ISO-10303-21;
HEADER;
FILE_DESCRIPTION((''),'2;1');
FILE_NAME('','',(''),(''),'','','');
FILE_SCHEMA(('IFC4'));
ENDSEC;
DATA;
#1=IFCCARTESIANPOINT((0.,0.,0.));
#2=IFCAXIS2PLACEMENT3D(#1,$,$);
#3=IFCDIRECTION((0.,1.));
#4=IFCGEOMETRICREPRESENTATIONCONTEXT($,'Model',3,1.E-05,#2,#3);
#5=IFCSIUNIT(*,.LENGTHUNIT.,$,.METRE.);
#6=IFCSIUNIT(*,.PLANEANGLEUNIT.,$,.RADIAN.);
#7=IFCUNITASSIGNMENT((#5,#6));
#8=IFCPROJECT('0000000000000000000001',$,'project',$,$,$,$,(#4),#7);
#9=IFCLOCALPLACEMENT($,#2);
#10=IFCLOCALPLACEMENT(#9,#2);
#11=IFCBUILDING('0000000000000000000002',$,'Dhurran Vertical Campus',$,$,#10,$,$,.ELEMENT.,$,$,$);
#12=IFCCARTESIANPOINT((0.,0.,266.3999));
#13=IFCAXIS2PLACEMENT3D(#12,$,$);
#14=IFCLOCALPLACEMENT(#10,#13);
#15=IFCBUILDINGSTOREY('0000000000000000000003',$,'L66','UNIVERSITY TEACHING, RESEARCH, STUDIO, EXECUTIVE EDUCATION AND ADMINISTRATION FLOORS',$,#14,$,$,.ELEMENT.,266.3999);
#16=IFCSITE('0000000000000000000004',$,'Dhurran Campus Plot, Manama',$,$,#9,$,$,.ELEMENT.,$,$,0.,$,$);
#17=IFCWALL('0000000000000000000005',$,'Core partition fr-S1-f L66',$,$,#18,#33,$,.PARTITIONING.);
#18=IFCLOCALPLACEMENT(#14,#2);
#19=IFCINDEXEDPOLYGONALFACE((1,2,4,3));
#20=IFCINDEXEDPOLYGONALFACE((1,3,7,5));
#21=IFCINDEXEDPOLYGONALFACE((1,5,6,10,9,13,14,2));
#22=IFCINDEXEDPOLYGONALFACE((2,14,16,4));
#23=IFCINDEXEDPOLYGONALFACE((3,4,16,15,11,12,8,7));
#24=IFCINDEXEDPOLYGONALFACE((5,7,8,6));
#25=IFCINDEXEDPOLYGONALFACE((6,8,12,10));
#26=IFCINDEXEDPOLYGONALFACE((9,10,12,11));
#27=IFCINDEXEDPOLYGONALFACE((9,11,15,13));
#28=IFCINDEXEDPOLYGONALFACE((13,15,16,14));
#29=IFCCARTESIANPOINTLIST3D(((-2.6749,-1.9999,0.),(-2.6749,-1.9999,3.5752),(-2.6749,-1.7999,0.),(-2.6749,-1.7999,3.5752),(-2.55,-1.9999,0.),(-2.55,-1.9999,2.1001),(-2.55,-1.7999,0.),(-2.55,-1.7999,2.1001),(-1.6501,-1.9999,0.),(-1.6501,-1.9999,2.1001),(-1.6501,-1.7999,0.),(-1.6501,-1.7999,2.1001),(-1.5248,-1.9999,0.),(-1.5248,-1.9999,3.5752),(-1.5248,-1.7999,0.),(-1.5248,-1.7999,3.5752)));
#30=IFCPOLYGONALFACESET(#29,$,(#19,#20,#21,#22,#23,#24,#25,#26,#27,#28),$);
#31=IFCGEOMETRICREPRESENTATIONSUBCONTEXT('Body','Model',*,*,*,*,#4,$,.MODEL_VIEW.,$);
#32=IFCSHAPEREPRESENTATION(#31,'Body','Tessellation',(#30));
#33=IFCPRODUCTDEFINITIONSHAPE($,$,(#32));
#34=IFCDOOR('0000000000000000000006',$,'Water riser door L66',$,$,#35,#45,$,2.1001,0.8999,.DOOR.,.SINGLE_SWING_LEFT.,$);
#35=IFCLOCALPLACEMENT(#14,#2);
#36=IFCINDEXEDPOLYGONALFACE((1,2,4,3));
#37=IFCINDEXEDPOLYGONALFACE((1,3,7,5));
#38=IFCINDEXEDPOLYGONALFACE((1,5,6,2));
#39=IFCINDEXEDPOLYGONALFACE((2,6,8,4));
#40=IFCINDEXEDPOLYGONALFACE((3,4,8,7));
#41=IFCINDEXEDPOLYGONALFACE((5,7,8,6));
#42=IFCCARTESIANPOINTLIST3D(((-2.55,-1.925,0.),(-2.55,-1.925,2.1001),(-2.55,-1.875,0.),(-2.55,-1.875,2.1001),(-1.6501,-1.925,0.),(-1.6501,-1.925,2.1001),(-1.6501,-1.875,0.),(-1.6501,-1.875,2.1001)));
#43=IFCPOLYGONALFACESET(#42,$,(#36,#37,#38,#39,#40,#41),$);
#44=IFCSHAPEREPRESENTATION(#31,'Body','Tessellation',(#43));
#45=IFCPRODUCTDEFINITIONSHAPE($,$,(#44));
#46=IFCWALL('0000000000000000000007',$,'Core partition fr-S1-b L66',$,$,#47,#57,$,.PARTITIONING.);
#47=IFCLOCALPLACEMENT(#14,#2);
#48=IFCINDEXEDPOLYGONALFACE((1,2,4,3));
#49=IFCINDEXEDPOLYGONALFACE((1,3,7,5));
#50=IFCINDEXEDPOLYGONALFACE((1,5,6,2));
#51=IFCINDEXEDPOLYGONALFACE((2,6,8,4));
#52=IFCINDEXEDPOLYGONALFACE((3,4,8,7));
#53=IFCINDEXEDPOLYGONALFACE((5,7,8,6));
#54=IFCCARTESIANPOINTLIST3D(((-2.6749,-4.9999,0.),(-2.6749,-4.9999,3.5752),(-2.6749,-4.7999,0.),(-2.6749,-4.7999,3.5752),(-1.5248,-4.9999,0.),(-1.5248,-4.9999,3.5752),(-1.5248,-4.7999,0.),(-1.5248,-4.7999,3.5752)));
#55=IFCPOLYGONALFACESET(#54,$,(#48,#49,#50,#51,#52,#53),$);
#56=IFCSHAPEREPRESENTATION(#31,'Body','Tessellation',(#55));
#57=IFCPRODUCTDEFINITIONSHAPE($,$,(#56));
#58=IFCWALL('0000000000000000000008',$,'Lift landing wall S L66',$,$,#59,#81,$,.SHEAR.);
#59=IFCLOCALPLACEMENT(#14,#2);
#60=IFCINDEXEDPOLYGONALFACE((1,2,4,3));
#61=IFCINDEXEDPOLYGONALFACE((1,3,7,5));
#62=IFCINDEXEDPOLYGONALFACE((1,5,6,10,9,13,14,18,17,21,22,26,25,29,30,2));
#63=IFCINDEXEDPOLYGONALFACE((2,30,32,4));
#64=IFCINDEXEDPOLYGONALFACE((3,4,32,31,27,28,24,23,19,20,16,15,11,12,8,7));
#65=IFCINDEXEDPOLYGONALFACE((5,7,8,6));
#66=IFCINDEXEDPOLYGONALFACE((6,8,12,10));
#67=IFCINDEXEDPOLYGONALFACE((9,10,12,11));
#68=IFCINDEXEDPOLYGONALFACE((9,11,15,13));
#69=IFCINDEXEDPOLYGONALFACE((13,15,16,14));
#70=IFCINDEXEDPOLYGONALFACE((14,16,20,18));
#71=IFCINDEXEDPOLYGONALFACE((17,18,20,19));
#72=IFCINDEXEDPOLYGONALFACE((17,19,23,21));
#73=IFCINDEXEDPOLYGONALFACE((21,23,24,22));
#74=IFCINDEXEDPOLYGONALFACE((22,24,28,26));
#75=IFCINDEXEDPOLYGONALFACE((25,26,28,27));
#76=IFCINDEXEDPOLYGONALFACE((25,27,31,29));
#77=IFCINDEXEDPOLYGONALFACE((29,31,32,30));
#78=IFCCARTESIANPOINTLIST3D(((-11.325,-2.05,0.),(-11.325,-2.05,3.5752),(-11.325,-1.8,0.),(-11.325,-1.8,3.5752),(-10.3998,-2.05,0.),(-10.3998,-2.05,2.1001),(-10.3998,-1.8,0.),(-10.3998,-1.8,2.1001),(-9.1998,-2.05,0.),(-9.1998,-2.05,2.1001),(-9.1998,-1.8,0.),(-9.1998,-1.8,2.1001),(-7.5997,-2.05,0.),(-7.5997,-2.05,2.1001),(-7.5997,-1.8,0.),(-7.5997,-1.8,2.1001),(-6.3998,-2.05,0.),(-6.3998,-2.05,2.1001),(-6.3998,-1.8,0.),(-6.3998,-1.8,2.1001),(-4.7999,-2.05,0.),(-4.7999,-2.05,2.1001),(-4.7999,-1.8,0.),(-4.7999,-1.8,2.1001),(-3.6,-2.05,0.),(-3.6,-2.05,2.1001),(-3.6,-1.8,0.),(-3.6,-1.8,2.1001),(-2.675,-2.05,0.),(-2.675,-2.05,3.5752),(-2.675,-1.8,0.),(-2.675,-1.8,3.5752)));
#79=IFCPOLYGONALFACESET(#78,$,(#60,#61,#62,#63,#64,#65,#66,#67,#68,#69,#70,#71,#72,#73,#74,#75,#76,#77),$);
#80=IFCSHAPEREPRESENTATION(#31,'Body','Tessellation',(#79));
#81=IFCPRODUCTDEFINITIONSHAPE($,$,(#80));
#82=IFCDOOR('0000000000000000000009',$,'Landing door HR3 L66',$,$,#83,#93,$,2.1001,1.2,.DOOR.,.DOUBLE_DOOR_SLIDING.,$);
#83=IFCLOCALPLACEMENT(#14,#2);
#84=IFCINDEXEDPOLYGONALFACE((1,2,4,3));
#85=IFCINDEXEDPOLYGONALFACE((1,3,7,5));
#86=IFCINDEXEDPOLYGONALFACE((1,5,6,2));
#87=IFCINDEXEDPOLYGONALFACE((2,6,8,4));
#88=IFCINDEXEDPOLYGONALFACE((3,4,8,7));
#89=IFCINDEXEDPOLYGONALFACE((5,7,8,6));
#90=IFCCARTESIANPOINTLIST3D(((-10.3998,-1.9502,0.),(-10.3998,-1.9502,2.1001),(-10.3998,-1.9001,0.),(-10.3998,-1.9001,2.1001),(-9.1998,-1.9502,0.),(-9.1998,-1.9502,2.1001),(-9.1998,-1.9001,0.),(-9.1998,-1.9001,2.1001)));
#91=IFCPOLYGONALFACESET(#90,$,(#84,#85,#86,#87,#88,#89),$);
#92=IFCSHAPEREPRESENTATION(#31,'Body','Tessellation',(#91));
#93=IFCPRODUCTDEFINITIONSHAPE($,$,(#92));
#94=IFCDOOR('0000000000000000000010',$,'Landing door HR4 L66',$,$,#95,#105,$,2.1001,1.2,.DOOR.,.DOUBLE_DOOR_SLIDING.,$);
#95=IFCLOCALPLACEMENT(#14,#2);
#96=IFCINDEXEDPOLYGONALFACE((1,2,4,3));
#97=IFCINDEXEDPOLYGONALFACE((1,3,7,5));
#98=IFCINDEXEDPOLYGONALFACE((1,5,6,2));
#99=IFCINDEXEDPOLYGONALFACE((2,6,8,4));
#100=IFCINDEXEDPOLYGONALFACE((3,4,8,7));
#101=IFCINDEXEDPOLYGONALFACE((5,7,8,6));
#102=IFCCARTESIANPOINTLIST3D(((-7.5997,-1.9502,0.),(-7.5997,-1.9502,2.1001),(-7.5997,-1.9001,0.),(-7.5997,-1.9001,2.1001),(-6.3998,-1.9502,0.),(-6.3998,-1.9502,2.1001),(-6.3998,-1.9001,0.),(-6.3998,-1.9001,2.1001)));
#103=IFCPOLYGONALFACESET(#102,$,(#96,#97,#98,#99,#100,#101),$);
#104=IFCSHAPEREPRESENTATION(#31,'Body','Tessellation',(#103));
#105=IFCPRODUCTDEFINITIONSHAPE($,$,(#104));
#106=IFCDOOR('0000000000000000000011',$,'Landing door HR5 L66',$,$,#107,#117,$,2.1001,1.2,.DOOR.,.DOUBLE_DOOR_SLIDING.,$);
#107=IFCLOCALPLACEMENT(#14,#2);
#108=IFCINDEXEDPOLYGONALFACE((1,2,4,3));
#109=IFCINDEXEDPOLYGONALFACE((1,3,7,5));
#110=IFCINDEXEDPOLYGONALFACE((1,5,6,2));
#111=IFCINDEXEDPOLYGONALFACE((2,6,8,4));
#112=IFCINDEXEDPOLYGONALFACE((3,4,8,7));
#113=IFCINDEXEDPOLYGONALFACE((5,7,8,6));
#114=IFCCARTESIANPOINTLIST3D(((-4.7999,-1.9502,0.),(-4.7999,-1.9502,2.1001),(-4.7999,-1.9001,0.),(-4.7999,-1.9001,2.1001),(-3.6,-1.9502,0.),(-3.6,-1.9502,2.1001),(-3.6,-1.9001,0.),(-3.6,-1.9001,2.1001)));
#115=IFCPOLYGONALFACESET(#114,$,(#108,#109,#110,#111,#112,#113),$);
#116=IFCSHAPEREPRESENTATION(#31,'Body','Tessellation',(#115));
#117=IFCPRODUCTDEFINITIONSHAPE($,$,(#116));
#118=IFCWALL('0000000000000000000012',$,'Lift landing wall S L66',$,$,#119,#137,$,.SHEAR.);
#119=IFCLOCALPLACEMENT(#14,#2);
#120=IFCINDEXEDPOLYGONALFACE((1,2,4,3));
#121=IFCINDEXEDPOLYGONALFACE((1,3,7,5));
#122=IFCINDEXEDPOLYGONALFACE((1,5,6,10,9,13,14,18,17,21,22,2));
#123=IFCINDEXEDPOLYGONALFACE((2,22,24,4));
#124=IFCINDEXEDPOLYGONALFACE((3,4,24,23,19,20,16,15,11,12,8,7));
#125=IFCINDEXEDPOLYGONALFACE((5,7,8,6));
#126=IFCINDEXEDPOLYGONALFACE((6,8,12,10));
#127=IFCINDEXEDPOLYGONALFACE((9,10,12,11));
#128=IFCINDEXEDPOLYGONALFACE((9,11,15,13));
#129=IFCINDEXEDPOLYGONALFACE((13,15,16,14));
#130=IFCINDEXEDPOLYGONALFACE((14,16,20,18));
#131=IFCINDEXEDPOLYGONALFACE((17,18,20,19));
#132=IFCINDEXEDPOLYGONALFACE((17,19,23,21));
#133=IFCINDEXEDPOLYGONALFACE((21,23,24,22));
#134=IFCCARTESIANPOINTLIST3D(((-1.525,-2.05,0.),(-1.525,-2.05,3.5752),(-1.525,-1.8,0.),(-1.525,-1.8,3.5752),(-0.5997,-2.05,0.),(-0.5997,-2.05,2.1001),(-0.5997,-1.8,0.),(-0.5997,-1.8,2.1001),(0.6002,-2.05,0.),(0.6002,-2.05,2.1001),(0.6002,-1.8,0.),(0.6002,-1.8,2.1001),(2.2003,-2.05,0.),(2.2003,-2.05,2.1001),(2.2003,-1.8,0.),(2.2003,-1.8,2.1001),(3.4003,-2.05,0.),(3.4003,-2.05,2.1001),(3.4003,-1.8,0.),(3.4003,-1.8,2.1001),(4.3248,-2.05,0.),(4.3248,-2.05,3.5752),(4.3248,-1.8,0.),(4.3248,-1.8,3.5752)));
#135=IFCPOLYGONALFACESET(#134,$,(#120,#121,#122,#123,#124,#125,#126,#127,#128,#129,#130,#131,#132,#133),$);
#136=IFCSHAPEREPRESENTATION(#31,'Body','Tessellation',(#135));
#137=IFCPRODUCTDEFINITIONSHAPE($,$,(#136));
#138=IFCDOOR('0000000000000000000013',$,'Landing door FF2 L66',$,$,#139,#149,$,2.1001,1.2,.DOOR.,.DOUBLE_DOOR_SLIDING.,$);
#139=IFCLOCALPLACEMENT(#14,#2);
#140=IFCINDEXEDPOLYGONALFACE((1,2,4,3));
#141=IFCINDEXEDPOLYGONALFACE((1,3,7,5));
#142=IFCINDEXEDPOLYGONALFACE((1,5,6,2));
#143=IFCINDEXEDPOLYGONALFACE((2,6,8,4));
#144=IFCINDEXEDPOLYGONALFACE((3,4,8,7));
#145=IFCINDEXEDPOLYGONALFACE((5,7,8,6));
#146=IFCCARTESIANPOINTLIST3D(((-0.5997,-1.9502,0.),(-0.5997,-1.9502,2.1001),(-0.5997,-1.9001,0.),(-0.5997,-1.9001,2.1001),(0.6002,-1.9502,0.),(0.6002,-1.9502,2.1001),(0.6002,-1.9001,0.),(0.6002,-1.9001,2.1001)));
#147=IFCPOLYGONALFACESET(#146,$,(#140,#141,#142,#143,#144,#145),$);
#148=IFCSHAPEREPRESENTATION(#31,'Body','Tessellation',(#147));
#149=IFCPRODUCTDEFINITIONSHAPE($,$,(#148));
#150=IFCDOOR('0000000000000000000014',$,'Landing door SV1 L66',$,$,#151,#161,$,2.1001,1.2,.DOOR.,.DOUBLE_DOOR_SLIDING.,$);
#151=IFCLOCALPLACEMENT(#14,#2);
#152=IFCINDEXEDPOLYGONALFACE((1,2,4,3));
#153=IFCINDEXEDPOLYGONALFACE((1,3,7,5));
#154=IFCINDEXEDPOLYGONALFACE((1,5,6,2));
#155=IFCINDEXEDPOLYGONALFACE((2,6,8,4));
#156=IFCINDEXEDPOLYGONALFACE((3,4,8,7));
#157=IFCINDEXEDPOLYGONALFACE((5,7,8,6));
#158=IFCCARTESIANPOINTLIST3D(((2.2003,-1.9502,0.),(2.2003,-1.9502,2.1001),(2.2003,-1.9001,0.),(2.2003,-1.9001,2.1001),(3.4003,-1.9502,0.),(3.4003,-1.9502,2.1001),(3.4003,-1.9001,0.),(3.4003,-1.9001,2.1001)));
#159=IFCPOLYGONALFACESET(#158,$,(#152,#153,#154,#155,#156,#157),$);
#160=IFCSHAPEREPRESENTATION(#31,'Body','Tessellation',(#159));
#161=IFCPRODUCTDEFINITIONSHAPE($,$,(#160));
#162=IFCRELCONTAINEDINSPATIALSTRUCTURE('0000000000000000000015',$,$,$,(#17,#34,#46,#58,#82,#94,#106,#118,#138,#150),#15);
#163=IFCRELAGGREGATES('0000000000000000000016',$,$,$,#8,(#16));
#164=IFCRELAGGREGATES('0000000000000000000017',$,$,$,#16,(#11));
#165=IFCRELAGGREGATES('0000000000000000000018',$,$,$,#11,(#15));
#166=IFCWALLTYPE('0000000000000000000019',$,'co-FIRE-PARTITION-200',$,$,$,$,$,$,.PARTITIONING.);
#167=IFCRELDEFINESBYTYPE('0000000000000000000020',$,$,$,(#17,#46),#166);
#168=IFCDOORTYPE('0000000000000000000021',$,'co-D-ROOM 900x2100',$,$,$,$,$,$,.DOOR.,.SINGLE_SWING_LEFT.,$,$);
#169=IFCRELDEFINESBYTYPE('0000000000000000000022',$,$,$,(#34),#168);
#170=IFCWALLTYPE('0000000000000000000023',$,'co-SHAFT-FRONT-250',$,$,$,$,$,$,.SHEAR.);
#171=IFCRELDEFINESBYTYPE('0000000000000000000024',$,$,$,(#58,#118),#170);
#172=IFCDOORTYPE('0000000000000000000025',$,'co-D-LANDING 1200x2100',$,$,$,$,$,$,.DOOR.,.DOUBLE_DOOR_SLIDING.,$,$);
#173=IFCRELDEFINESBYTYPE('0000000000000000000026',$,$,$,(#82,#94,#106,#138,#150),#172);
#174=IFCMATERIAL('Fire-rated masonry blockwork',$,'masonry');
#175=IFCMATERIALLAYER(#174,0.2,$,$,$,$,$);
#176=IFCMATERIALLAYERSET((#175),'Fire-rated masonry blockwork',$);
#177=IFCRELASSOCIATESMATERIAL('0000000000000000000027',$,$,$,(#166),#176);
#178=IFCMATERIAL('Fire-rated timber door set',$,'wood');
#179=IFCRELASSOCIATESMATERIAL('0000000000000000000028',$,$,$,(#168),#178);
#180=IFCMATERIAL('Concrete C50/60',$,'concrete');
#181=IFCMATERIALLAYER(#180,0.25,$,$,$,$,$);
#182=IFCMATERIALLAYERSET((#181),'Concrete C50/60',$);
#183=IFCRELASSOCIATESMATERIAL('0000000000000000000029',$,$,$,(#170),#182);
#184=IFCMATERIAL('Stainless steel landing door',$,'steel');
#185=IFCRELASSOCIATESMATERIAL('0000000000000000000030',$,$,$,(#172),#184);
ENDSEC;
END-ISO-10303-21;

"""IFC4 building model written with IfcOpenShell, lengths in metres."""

from ifc_helpers import new_model, si_unit, direction, frame, frame_2d, origin, place, context, subcontext, project, spatial, rectangle, extrude, material, layer, layer_set, type_object, element, fill, save


model = new_model("IFC4")

# Units and contexts
model_context = context("Model", 3, precision=1e-05, world=origin(), true_north=direction((0.0, 1.0)))
body_context = subcontext(model_context, "Body", "Model", "MODEL_VIEW")
ifc_project = project(units=[si_unit("LENGTHUNIT", "METRE"), si_unit("PLANEANGLEUNIT", "RADIAN")], contexts=[model_context])

# Site, building, storey
site_placement = place(None, origin())
site = spatial("IfcSite", under=ifc_project, at=site_placement, Name="Dhurran Campus Plot, Manama", CompositionType="ELEMENT", RefElevation=0.0)
building_placement = place(site_placement, origin())
building = spatial("IfcBuilding", under=site, at=building_placement, Name="Dhurran Vertical Campus", CompositionType="ELEMENT")
storey_placement = place(building_placement, frame((0.0, 0.0, 266.3999)))
storey = spatial("IfcBuildingStorey", under=building, at=storey_placement, Name="L66", Description="UNIVERSITY TEACHING, RESEARCH, STUDIO, EXECUTIVE EDUCATION AND ADMINISTRATION FLOORS", CompositionType="ELEMENT", Elevation=266.3999)

# Shared definitions
ifc_material_1 = material(Name="Fire-rated masonry blockwork", Category="masonry")
ifc_layer_1 = layer(ifc_material_1, 0.2)
ifc_layer_set_1 = layer_set([ifc_layer_1], Name="Fire-rated masonry blockwork")
wall_type_1 = type_object("IfcWallType", Name="co-FIRE-PARTITION-200", PredefinedType="PARTITIONING", material=ifc_layer_set_1)

# Wall, opening, door
wall_1_placement = place(storey_placement, frame((-2.675, -1.8999, 0.0), z_axis=(0.0, 0.0, 1.0), x_axis=(1.0, 0.0, 0.0)))
wall_1 = element("IfcWall", 1, at=wall_1_placement, inside=storey, type_object=wall_type_1, Name="Core partition fr-S1-f L66", PredefinedType="PARTITIONING", context=body_context, shape_type="SweptSolid", body=[
    extrude(rectangle(XDim=1.1501, YDim=0.2, at=frame_2d((0.5752, 0.0))), origin(), (0.0, 0.0, 1.0), 3.5752),
])
opening_1_placement = place(wall_1_placement, frame((0.125, 0.0, 0.0)))
opening_1 = element("IfcOpeningElement", 2, at=opening_1_placement, cuts=wall_1, PredefinedType="OPENING", context=body_context, shape_type="SweptSolid", body=[
    extrude(rectangle(XDim=0.8999, YDim=2.1001, at=frame_2d((0.45, 1.05))), frame((0.0, 0.1099, 0.0), z_axis=(0.0, -1.0, 0.0), x_axis=(1.0, 0.0, 0.0)), (0.0, 0.0, 1.0), 0.22),
])
ifc_material_2 = material(Name="Fire-rated timber door set", Category="wood")
door_type_1 = type_object("IfcDoorType", Name="co-D-ROOM 900x2100", OperationType="SINGLE_SWING_LEFT", PredefinedType="DOOR", material=ifc_material_2)
door_1_placement = place(opening_1_placement, origin())
door_1 = element("IfcDoor", 3, at=door_1_placement, inside=storey, type_object=door_type_1, Name="Water riser door L66", OperationType="SINGLE_SWING_LEFT", OverallHeight=2.1001, OverallWidth=0.8999, PredefinedType="DOOR", context=body_context, shape_type="SweptSolid", body=[
    extrude(rectangle(XDim=0.8999, YDim=2.1001, at=frame_2d((0.45, 1.05))), frame((0.0, 0.0249, 0.0), z_axis=(0.0, -1.0, 0.0), x_axis=(1.0, 0.0, 0.0)), (0.0, 0.0, 1.0), 0.05),
])
fill(opening_1, door_1)

# Wall
wall_2_placement = place(storey_placement, frame((-2.675, -4.8999, 0.0), z_axis=(0.0, 0.0, 1.0), x_axis=(1.0, 0.0, 0.0)))
element("IfcWall", 4, at=wall_2_placement, inside=storey, type_object=wall_type_1, Name="Core partition fr-S1-b L66", PredefinedType="PARTITIONING", context=body_context, shape_type="SweptSolid", body=[
    extrude(rectangle(XDim=1.1501, YDim=0.2, at=frame_2d((0.5752, 0.0))), origin(), (0.0, 0.0, 1.0), 3.5752),
])

# Walls, openings, doors
ifc_material_3 = material(Name="Concrete C50/60", Category="concrete")
ifc_layer_2 = layer(ifc_material_3, 0.25)
ifc_layer_set_2 = layer_set([ifc_layer_2], Name="Concrete C50/60")
wall_type_2 = type_object("IfcWallType", Name="co-SHAFT-FRONT-250", PredefinedType="SHEAR", material=ifc_layer_set_2)
wall_3_placement = place(storey_placement, frame((-11.325, -1.925, 0.0), z_axis=(0.0, 0.0, 1.0), x_axis=(1.0, 0.0, 0.0)))
wall_3 = element("IfcWall", 5, at=wall_3_placement, inside=storey, type_object=wall_type_2, Name="Lift landing wall S L66", PredefinedType="SHEAR", context=body_context, shape_type="SweptSolid", body=[
    extrude(rectangle(XDim=8.6499, YDim=0.25, at=frame_2d((4.325, 0.0))), origin(), (0.0, 0.0, 1.0), 3.5752),
])
opening_2_placement = place(wall_3_placement, frame((0.925, 0.0, 0.0)))
opening_2 = element("IfcOpeningElement", 6, at=opening_2_placement, cuts=wall_3, PredefinedType="OPENING", context=body_context, shape_type="SweptSolid", body=[
    extrude(rectangle(XDim=1.2, YDim=2.1001, at=frame_2d((0.6001, 1.05))), frame((0.0, 0.135, 0.0), z_axis=(0.0, -1.0, 0.0), x_axis=(1.0, 0.0, 0.0)), (0.0, 0.0, 1.0), 0.27),
])
opening_3_placement = place(wall_3_placement, frame((3.7251, 0.0, 0.0)))
opening_3 = element("IfcOpeningElement", 7, at=opening_3_placement, cuts=wall_3, PredefinedType="OPENING", context=body_context, shape_type="SweptSolid", body=[
    extrude(rectangle(XDim=1.2, YDim=2.1001, at=frame_2d((0.6001, 1.05))), frame((0.0, 0.135, 0.0), z_axis=(0.0, -1.0, 0.0), x_axis=(1.0, 0.0, 0.0)), (0.0, 0.0, 1.0), 0.27),
])
opening_4_placement = place(wall_3_placement, frame((6.5249, 0.0, 0.0)))
opening_4 = element("IfcOpeningElement", 8, at=opening_4_placement, cuts=wall_3, PredefinedType="OPENING", context=body_context, shape_type="SweptSolid", body=[
    extrude(rectangle(XDim=1.2, YDim=2.1001, at=frame_2d((0.6001, 1.05))), frame((0.0, 0.135, 0.0), z_axis=(0.0, -1.0, 0.0), x_axis=(1.0, 0.0, 0.0)), (0.0, 0.0, 1.0), 0.27),
])
ifc_material_4 = material(Name="Stainless steel landing door", Category="steel")
door_type_2 = type_object("IfcDoorType", Name="co-D-LANDING 1200x2100", OperationType="DOUBLE_DOOR_SLIDING", PredefinedType="DOOR", material=ifc_material_4)
door_2_placement = place(opening_2_placement, origin())
door_2 = element("IfcDoor", 9, at=door_2_placement, inside=storey, type_object=door_type_2, Name="Landing door HR3 L66", OperationType="DOUBLE_DOOR_SLIDING", OverallHeight=2.1001, OverallWidth=1.2, PredefinedType="DOOR", context=body_context, shape_type="SweptSolid", body=[
    extrude(rectangle(XDim=1.2, YDim=2.1001, at=frame_2d((0.6001, 1.05))), frame((0.0, 0.0249, 0.0), z_axis=(0.0, -1.0, 0.0), x_axis=(1.0, 0.0, 0.0)), (0.0, 0.0, 1.0), 0.05),
])
fill(opening_2, door_2)
door_3_placement = place(opening_3_placement, origin())
door_3 = element("IfcDoor", 10, at=door_3_placement, inside=storey, type_object=door_type_2, Name="Landing door HR4 L66", OperationType="DOUBLE_DOOR_SLIDING", OverallHeight=2.1001, OverallWidth=1.2, PredefinedType="DOOR", context=body_context, shape_type="SweptSolid", body=[
    extrude(rectangle(XDim=1.2, YDim=2.1001, at=frame_2d((0.6001, 1.05))), frame((0.0, 0.0249, 0.0), z_axis=(0.0, -1.0, 0.0), x_axis=(1.0, 0.0, 0.0)), (0.0, 0.0, 1.0), 0.05),
])
fill(opening_3, door_3)
door_4_placement = place(opening_4_placement, origin())
door_4 = element("IfcDoor", 11, at=door_4_placement, inside=storey, type_object=door_type_2, Name="Landing door HR5 L66", OperationType="DOUBLE_DOOR_SLIDING", OverallHeight=2.1001, OverallWidth=1.2, PredefinedType="DOOR", context=body_context, shape_type="SweptSolid", body=[
    extrude(rectangle(XDim=1.2, YDim=2.1001, at=frame_2d((0.6001, 1.05))), frame((0.0, 0.0249, 0.0), z_axis=(0.0, -1.0, 0.0), x_axis=(1.0, 0.0, 0.0)), (0.0, 0.0, 1.0), 0.05),
])
fill(opening_4, door_4)
wall_4_placement = place(storey_placement, frame((-1.5249, -1.925, 0.0), z_axis=(0.0, 0.0, 1.0), x_axis=(1.0, 0.0, 0.0)))
wall_4 = element("IfcWall", 12, at=wall_4_placement, inside=storey, type_object=wall_type_2, Name="Lift landing wall S L66", PredefinedType="SHEAR", context=body_context, shape_type="SweptSolid", body=[
    extrude(rectangle(XDim=5.8499, YDim=0.25, at=frame_2d((2.9248, 0.0))), origin(), (0.0, 0.0, 1.0), 3.5752),
])
opening_5_placement = place(wall_4_placement, frame((0.925, 0.0, 0.0)))
opening_5 = element("IfcOpeningElement", 13, at=opening_5_placement, cuts=wall_4, PredefinedType="OPENING", context=body_context, shape_type="SweptSolid", body=[
    extrude(rectangle(XDim=1.2, YDim=2.1001, at=frame_2d((0.6001, 1.05))), frame((0.0, 0.135, 0.0), z_axis=(0.0, -1.0, 0.0), x_axis=(1.0, 0.0, 0.0)), (0.0, 0.0, 1.0), 0.27),
])
opening_6_placement = place(wall_4_placement, frame((3.7251, 0.0, 0.0)))
opening_6 = element("IfcOpeningElement", 14, at=opening_6_placement, cuts=wall_4, PredefinedType="OPENING", context=body_context, shape_type="SweptSolid", body=[
    extrude(rectangle(XDim=1.2, YDim=2.1001, at=frame_2d((0.6001, 1.05))), frame((0.0, 0.135, 0.0), z_axis=(0.0, -1.0, 0.0), x_axis=(1.0, 0.0, 0.0)), (0.0, 0.0, 1.0), 0.27),
])
door_5_placement = place(opening_5_placement, origin())
door_5 = element("IfcDoor", 15, at=door_5_placement, inside=storey, type_object=door_type_2, Name="Landing door FF2 L66", OperationType="DOUBLE_DOOR_SLIDING", OverallHeight=2.1001, OverallWidth=1.2, PredefinedType="DOOR", context=body_context, shape_type="SweptSolid", body=[
    extrude(rectangle(XDim=1.2, YDim=2.1001, at=frame_2d((0.6001, 1.05))), frame((0.0, 0.0249, 0.0), z_axis=(0.0, -1.0, 0.0), x_axis=(1.0, 0.0, 0.0)), (0.0, 0.0, 1.0), 0.05),
])
fill(opening_5, door_5)
door_6_placement = place(opening_6_placement, origin())
door_6 = element("IfcDoor", 16, at=door_6_placement, inside=storey, type_object=door_type_2, Name="Landing door SV1 L66", OperationType="DOUBLE_DOOR_SLIDING", OverallHeight=2.1001, OverallWidth=1.2, PredefinedType="DOOR", context=body_context, shape_type="SweptSolid", body=[
    extrude(rectangle(XDim=1.2, YDim=2.1001, at=frame_2d((0.6001, 1.05))), frame((0.0, 0.0249, 0.0), z_axis=(0.0, -1.0, 0.0), x_axis=(1.0, 0.0, 0.0)), (0.0, 0.0, 1.0), 0.05),
])
fill(opening_6, door_6)

save(model, "model.ifc")
